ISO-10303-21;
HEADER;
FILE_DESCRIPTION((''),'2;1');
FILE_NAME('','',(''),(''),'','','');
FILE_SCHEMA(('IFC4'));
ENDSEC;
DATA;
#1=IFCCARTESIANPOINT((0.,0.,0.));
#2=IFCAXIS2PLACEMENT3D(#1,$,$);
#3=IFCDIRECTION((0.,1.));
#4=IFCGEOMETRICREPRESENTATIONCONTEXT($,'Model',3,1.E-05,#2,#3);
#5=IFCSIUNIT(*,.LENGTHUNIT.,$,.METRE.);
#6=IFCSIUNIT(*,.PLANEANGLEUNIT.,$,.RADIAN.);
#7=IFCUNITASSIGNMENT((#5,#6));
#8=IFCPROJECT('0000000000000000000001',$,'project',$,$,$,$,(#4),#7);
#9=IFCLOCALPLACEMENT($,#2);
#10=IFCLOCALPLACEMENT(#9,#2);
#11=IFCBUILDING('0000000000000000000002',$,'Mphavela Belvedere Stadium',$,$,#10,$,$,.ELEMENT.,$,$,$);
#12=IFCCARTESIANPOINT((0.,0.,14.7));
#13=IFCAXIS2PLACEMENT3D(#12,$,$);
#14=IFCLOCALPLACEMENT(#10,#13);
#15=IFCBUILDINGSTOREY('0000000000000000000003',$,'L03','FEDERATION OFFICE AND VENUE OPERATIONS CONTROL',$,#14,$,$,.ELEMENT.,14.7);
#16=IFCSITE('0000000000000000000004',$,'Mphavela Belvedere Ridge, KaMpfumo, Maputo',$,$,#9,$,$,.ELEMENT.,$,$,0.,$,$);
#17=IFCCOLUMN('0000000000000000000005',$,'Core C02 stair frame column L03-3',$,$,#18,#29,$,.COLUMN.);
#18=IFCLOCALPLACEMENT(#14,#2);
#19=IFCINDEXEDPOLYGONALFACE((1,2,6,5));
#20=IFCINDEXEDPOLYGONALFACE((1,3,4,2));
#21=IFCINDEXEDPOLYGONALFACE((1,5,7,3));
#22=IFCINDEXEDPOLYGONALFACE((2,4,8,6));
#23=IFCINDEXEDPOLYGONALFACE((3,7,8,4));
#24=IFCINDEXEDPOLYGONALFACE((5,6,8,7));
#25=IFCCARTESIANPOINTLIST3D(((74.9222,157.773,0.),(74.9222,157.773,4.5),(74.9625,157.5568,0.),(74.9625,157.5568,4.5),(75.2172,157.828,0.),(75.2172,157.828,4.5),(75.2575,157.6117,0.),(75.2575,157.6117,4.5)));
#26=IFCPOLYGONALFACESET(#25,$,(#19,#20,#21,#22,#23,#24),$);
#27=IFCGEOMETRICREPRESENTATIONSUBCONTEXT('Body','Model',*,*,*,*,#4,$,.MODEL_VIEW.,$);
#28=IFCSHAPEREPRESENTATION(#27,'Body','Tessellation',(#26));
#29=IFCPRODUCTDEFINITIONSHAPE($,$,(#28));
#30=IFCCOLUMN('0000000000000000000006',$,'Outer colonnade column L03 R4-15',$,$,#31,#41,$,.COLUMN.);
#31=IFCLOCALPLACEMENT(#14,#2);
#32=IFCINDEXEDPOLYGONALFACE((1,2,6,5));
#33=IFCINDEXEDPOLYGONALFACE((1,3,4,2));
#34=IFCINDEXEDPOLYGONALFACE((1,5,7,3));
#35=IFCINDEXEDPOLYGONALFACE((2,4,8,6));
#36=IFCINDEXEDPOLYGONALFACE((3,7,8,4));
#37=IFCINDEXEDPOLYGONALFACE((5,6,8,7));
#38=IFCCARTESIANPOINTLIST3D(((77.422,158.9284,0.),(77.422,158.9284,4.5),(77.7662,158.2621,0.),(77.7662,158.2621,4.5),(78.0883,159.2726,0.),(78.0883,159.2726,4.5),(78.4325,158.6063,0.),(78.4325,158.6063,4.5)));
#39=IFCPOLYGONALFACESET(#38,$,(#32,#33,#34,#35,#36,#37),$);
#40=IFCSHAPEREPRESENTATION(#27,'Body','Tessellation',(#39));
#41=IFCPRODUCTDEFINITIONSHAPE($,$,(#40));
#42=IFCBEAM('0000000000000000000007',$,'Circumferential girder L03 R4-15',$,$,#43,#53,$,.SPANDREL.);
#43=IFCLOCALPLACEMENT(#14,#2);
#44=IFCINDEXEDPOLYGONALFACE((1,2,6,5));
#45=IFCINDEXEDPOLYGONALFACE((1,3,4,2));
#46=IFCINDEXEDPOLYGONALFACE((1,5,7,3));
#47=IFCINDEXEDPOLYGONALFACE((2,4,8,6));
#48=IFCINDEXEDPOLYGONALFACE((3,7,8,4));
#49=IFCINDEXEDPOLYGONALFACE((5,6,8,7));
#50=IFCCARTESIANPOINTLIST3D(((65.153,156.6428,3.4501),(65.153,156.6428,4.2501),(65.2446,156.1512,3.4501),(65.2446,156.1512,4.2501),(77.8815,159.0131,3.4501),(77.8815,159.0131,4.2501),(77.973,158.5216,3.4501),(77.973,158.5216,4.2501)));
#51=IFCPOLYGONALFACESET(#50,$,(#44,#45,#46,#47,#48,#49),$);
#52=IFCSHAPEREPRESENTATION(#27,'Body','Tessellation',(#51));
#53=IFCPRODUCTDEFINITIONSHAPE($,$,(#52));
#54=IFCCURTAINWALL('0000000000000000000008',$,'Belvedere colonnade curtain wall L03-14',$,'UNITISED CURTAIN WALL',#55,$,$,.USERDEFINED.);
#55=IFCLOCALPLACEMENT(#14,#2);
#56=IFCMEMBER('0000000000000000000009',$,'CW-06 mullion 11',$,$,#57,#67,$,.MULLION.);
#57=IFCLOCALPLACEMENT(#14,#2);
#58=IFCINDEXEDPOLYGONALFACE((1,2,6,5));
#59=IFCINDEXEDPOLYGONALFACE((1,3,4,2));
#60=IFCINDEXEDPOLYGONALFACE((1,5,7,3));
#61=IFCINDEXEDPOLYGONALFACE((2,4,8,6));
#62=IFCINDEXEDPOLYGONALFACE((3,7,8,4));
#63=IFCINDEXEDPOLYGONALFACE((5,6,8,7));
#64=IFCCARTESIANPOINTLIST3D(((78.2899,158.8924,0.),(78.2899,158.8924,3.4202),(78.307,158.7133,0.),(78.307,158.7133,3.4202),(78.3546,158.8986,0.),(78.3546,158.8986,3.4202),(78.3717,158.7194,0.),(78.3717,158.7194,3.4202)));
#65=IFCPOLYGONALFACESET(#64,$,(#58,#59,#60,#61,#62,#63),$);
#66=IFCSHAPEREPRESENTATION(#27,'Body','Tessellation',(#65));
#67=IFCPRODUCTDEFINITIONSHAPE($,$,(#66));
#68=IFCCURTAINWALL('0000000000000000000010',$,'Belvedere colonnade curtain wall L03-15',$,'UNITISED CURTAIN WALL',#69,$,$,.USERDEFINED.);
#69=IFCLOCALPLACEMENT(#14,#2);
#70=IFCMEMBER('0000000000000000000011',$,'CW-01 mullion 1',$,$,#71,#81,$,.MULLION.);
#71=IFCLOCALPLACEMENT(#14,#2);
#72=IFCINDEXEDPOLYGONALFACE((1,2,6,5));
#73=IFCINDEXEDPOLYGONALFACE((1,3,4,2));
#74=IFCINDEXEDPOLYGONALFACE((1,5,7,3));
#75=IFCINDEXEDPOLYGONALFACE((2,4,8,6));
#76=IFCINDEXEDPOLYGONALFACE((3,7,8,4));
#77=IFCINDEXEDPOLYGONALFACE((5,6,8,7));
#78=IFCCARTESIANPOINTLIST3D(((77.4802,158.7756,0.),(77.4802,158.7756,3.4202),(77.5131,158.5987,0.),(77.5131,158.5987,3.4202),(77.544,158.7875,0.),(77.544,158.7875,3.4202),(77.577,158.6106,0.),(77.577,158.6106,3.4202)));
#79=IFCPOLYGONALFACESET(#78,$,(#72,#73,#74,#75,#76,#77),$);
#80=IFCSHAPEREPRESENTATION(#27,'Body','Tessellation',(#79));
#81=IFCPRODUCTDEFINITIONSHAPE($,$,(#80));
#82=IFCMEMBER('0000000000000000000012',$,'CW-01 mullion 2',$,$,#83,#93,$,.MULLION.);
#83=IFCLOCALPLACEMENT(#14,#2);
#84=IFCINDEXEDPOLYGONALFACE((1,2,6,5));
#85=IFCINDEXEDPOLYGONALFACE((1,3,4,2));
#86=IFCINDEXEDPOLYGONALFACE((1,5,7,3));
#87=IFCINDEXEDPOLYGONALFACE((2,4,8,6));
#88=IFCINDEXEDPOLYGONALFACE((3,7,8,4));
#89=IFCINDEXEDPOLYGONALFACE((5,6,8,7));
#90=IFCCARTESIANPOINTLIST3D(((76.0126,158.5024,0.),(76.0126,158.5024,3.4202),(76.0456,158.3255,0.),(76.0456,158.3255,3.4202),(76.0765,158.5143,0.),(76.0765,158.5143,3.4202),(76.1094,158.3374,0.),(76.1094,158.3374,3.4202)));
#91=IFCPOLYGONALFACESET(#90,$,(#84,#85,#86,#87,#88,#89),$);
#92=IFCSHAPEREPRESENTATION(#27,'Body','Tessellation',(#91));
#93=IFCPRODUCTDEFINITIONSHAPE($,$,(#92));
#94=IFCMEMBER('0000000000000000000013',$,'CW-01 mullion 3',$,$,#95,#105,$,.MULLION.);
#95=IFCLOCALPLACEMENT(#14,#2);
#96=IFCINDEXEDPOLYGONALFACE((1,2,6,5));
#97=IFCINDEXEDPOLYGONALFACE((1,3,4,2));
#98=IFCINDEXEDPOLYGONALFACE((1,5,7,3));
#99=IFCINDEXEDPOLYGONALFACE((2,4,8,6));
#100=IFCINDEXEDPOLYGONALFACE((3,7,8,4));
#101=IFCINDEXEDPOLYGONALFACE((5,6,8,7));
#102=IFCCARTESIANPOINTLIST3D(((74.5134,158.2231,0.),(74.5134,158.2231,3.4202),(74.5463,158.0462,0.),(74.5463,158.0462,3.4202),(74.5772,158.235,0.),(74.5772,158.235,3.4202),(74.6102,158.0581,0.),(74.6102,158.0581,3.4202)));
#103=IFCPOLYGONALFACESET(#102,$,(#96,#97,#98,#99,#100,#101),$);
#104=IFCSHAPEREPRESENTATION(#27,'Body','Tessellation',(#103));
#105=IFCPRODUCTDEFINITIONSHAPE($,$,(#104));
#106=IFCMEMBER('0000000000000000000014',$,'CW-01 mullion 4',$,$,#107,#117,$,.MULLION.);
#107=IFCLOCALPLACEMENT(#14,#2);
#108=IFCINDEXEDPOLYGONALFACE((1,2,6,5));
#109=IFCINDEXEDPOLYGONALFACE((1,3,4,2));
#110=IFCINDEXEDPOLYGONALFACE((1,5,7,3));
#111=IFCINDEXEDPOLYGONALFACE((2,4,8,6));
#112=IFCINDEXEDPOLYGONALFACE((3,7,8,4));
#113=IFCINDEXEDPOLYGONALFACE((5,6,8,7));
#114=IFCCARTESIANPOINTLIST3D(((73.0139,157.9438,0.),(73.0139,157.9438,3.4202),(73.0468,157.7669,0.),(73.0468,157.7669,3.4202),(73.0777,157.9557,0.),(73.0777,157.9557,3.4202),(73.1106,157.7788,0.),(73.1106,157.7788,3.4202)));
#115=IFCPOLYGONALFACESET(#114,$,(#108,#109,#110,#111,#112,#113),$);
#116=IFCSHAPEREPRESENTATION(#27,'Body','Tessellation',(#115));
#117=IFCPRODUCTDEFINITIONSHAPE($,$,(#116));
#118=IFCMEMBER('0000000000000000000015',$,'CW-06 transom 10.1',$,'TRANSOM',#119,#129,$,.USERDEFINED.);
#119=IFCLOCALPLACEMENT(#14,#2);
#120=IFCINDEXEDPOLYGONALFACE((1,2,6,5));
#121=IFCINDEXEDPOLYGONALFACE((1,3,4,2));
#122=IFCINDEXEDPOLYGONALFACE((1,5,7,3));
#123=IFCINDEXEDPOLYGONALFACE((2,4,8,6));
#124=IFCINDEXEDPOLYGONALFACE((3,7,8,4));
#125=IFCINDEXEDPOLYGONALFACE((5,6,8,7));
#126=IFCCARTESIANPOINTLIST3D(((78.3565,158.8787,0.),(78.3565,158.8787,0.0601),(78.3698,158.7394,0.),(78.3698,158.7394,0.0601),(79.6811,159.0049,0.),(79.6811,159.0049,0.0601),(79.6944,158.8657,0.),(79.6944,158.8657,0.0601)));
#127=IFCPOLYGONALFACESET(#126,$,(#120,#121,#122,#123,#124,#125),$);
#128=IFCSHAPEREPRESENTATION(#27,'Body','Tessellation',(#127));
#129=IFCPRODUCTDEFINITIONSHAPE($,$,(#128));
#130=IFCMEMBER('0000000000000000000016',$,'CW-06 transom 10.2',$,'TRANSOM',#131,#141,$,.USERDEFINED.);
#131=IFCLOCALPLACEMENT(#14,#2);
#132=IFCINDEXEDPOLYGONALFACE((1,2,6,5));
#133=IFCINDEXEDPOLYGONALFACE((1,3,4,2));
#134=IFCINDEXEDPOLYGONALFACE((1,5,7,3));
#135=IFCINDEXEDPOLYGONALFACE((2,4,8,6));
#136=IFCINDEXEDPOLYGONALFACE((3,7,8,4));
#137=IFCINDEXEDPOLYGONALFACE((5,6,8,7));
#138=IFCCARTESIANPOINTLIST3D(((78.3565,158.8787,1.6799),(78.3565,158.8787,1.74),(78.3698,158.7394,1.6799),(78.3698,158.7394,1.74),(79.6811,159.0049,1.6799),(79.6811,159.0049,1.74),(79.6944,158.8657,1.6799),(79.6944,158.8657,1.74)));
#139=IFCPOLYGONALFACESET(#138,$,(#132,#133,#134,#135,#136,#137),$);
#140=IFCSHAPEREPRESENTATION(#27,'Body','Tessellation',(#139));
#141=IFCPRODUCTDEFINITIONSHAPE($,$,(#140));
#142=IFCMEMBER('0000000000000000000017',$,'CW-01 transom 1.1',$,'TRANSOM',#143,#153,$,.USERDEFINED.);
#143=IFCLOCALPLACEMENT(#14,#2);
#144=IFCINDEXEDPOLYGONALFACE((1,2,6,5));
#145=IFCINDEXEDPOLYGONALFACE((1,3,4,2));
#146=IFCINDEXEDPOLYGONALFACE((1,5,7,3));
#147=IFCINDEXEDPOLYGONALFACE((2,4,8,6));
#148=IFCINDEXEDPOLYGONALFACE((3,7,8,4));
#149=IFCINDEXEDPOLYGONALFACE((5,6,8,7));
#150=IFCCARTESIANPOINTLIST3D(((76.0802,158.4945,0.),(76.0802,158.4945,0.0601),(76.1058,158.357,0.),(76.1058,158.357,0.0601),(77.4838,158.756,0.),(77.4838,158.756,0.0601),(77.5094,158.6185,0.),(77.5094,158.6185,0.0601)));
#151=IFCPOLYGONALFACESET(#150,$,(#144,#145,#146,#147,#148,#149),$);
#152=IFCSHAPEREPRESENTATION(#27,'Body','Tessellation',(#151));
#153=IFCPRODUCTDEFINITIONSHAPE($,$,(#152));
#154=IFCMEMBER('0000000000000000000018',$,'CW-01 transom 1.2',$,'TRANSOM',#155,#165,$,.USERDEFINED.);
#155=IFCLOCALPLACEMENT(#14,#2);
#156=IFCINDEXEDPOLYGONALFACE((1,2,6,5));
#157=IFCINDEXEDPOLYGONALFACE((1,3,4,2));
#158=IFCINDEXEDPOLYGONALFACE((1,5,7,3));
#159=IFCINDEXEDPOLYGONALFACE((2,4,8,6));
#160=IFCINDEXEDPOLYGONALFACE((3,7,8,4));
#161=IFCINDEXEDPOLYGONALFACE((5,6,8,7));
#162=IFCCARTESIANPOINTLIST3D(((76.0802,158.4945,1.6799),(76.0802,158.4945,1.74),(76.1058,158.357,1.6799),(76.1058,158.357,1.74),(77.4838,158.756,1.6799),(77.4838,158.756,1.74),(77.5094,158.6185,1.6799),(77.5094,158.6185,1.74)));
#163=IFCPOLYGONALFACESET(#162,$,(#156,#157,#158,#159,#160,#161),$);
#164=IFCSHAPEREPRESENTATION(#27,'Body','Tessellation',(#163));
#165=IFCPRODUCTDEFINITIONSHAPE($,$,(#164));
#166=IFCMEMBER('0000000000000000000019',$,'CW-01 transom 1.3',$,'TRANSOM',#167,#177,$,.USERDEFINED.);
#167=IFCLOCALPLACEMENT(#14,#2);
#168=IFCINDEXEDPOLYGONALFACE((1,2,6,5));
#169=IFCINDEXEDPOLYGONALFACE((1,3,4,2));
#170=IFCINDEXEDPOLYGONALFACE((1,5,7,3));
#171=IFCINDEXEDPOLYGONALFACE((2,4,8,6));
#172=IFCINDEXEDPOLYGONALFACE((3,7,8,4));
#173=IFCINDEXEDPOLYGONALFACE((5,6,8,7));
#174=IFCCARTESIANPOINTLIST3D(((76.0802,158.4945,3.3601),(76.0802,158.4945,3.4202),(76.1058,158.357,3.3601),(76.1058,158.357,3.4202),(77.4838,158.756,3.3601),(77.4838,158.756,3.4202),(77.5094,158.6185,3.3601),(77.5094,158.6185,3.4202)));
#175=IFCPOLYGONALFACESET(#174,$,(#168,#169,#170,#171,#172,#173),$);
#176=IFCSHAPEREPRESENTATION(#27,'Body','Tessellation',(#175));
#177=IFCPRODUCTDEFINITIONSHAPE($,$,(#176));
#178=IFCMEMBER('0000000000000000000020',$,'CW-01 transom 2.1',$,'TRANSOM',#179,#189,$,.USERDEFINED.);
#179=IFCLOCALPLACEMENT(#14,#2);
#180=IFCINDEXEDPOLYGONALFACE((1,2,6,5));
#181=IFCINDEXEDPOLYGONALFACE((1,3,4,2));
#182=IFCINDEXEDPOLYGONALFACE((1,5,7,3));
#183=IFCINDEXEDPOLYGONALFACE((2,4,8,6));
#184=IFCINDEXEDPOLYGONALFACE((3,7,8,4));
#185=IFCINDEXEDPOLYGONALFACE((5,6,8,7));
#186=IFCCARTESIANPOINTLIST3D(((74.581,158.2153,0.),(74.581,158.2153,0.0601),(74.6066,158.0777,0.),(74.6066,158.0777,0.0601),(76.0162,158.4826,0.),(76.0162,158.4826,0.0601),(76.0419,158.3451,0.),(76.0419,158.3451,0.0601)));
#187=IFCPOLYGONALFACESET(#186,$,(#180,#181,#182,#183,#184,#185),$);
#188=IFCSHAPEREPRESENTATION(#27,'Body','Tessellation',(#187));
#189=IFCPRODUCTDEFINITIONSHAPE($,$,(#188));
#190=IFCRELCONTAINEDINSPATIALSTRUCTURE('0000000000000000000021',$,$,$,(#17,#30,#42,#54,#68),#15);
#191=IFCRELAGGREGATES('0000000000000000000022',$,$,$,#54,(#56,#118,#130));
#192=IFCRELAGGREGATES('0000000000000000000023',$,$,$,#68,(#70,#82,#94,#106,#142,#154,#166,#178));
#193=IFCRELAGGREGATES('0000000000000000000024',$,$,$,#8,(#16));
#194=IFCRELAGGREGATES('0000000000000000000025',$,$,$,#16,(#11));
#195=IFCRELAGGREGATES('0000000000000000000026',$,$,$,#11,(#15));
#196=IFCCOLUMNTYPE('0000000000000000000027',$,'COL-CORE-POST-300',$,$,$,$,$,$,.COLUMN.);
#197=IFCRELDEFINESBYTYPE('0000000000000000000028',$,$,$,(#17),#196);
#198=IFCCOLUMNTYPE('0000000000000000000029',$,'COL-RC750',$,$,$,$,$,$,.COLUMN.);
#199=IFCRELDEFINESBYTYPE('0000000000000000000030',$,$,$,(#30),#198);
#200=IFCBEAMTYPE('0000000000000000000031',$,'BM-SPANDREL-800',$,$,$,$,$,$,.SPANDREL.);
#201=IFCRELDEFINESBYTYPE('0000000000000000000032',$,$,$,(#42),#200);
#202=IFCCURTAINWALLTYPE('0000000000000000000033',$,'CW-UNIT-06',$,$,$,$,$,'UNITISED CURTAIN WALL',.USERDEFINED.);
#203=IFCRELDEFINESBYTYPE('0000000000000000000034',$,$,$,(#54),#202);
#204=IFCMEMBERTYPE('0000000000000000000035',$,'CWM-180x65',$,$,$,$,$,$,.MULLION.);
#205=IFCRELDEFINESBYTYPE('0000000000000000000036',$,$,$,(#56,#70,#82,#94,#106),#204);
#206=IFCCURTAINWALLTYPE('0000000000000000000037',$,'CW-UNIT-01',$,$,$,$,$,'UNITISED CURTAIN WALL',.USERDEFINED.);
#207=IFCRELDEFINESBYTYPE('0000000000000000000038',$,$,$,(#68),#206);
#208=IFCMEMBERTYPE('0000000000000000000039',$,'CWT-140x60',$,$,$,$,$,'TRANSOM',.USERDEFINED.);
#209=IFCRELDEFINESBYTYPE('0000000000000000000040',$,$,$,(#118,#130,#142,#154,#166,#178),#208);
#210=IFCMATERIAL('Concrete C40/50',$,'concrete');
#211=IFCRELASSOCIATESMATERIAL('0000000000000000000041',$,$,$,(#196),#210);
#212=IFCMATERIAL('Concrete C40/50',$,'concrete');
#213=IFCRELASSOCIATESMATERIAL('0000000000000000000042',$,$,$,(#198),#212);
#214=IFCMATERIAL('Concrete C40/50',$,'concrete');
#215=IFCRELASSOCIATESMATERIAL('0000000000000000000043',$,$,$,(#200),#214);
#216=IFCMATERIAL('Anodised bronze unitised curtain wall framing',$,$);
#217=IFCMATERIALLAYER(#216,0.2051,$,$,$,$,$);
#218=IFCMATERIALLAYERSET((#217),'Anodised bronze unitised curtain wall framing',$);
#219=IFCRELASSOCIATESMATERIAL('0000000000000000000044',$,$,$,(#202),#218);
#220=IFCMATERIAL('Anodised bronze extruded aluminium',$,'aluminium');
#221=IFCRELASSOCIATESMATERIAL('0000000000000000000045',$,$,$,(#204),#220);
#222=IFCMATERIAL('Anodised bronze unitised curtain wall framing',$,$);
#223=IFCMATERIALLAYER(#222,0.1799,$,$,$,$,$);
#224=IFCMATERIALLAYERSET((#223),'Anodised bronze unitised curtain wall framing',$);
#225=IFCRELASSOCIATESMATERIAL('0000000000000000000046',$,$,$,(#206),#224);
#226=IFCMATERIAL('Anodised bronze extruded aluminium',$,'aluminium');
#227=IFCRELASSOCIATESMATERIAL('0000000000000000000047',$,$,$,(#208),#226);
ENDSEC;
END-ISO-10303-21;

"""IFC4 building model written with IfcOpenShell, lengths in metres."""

from ifc_helpers import new_model, si_unit, direction, frame, origin, origin_2d, place, context, subcontext, project, spatial, rectangle, extrude, material, layer, layer_set, material_profile, profile_set, type_object, element, aggregate, save


model = new_model("IFC4")

# Units and contexts
model_context = context("Model", 3, precision=1e-05, world=origin(), true_north=direction((0.0, 1.0)))
body_context = subcontext(model_context, "Body", "Model", "MODEL_VIEW")
ifc_project = project(units=[si_unit("LENGTHUNIT", "METRE"), si_unit("PLANEANGLEUNIT", "RADIAN")], contexts=[model_context])

# Site, building, storey
site_placement = place(None, origin())
site = spatial("IfcSite", under=ifc_project, at=site_placement, Name="Mphavela Belvedere Ridge, KaMpfumo, Maputo", CompositionType="ELEMENT", RefElevation=0.0)
building_placement = place(site_placement, origin())
building = spatial("IfcBuilding", under=site, at=building_placement, Name="Mphavela Belvedere Stadium", CompositionType="ELEMENT")
storey_placement = place(building_placement, frame((0.0, 0.0, 14.7)))
storey = spatial("IfcBuildingStorey", under=building, at=storey_placement, Name="L03", Description="FEDERATION OFFICE AND VENUE OPERATIONS CONTROL", CompositionType="ELEMENT", Elevation=14.7)

# Columns
ifc_material_1 = material(Name="Concrete C40/50", Category="concrete")
ifc_material_profile_1 = material_profile(ifc_material_1, rectangle(XDim=0.3, YDim=0.22, at=origin_2d()), Name="RC 300x220")
ifc_profile_set_1 = profile_set([ifc_material_profile_1], Name="Concrete C40/50")
column_type_1 = type_object("IfcColumnType", Name="COL-CORE-POST-300", PredefinedType="COLUMN", material=ifc_profile_set_1)
column_1_placement = place(storey_placement, frame((75.0898, 157.6924, 0.0), z_axis=(0.0, 0.0, 1.0), x_axis=(0.983096, 0.183094, 0.0)))
element("IfcColumn", 1, at=column_1_placement, inside=storey, type_object=column_type_1, Name="Core C02 stair frame column L03-3", PredefinedType="COLUMN", context=body_context, shape_type="SweptSolid", body=[
    extrude(rectangle(XDim=0.3, YDim=0.22, at=origin_2d()), origin(), (0.0, 0.0, 1.0), 4.5),
])
ifc_material_2 = material(Name="Concrete C40/50", Category="concrete")
ifc_material_profile_2 = material_profile(ifc_material_2, rectangle(XDim=0.75, YDim=0.75, at=origin_2d()), Name="RC 750x750")
ifc_profile_set_2 = profile_set([ifc_material_profile_2], Name="Concrete C40/50")
column_type_2 = type_object("IfcColumnType", Name="COL-RC750", PredefinedType="COLUMN", material=ifc_profile_set_2)
column_2_placement = place(storey_placement, frame((77.9272, 158.7673, 0.0), z_axis=(0.0, 0.0, 1.0), x_axis=(-0.45896, 0.888457, 0.0)))
element("IfcColumn", 2, at=column_2_placement, inside=storey, type_object=column_type_2, Name="Outer colonnade column L03 R4-15", PredefinedType="COLUMN", context=body_context, shape_type="SweptSolid", body=[
    extrude(rectangle(XDim=0.75, YDim=0.75, at=origin_2d()), origin(), (0.0, 0.0, 1.0), 4.5),
])

# Beam
ifc_material_3 = material(Name="Concrete C40/50", Category="concrete")
ifc_material_profile_3 = material_profile(ifc_material_3, rectangle(XDim=0.5, YDim=0.8, at=origin_2d()), Name="RC 500x800")
ifc_profile_set_3 = profile_set([ifc_material_profile_3], Name="Concrete C40/50")
beam_type = type_object("IfcBeamType", Name="BM-SPANDREL-800", PredefinedType="SPANDREL", material=ifc_profile_set_3)
beam_placement = place(storey_placement, frame((77.9272, 158.7673, 3.8501), z_axis=(-0.983099, -0.183077, 0.0), x_axis=(0.183077, -0.983099, 0.0)))
element("IfcBeam", 3, at=beam_placement, inside=storey, type_object=beam_type, Name="Circumferential girder L03 R4-15", PredefinedType="SPANDREL", context=body_context, shape_type="SweptSolid", body=[
    extrude(rectangle(XDim=0.5, YDim=0.8, at=origin_2d()), origin(), (0.0, 0.0, 1.0), 12.9473),
])

# Curtain wall, member
ifc_material_4 = material(Name="Anodised bronze unitised curtain wall framing")
ifc_layer_1 = layer(ifc_material_4, 0.2051)
ifc_layer_set_1 = layer_set([ifc_layer_1], Name="Anodised bronze unitised curtain wall framing")
curtain_wall_type_1 = type_object("IfcCurtainWallType", Name="CW-UNIT-06", ElementType="UNITISED CURTAIN WALL", PredefinedType="USERDEFINED", material=ifc_layer_set_1)
curtain_wall_1_placement = place(storey_placement, origin())
curtain_wall_1 = element("IfcCurtainWall", 4, at=curtain_wall_1_placement, inside=storey, type_object=curtain_wall_type_1, Name="Belvedere colonnade curtain wall L03-14", ObjectType="UNITISED CURTAIN WALL", PredefinedType="USERDEFINED")
ifc_material_5 = material(Name="Anodised bronze extruded aluminium", Category="aluminium")
ifc_material_profile_4 = material_profile(ifc_material_5, rectangle(XDim=0.1799, YDim=0.0649, at=origin_2d()), Name="CW-MUL 180x65")
ifc_profile_set_4 = profile_set([ifc_material_profile_4], Name="Anodised bronze extruded aluminium")
member_type_1 = type_object("IfcMemberType", Name="CWM-180x65", PredefinedType="MULLION", material=ifc_profile_set_4)
member_1_placement = place(storey_placement, frame((78.3308, 158.8059, 0.0), z_axis=(0.0, 0.0, 1.0), x_axis=(0.094929, -0.995484, 0.0)))
member_1 = element("IfcMember", 5, at=member_1_placement, type_object=member_type_1, Name="CW-06 mullion 11", PredefinedType="MULLION", context=body_context, shape_type="SweptSolid", body=[
    extrude(rectangle(XDim=0.1799, YDim=0.0649, at=origin_2d()), origin(), (0.0, 0.0, 1.0), 3.4202),
])

# Curtain wall, members
ifc_material_6 = material(Name="Anodised bronze unitised curtain wall framing")
ifc_layer_2 = layer(ifc_material_6, 0.1799)
ifc_layer_set_2 = layer_set([ifc_layer_2], Name="Anodised bronze unitised curtain wall framing")
curtain_wall_type_2 = type_object("IfcCurtainWallType", Name="CW-UNIT-01", ElementType="UNITISED CURTAIN WALL", PredefinedType="USERDEFINED", material=ifc_layer_set_2)
curtain_wall_2_placement = place(storey_placement, origin())
curtain_wall_2 = element("IfcCurtainWall", 6, at=curtain_wall_2_placement, inside=storey, type_object=curtain_wall_type_2, Name="Belvedere colonnade curtain wall L03-15", ObjectType="UNITISED CURTAIN WALL", PredefinedType="USERDEFINED")
member_2_placement = place(storey_placement, frame((77.5286, 158.6931, 0.0), z_axis=(0.0, 0.0, 1.0), x_axis=(0.183088, -0.983097, 0.0)))
member_2 = element("IfcMember", 7, at=member_2_placement, type_object=member_type_1, Name="CW-01 mullion 1", PredefinedType="MULLION", context=body_context, shape_type="SweptSolid", body=[
    extrude(rectangle(XDim=0.1799, YDim=0.0649, at=origin_2d()), origin(), (0.0, 0.0, 1.0), 3.4202),
])
member_3_placement = place(storey_placement, frame((76.061, 158.4199, 0.0), z_axis=(0.0, 0.0, 1.0), x_axis=(0.183088, -0.983097, 0.0)))
member_3 = element("IfcMember", 8, at=member_3_placement, type_object=member_type_1, Name="CW-01 mullion 2", PredefinedType="MULLION", context=body_context, shape_type="SweptSolid", body=[
    extrude(rectangle(XDim=0.1799, YDim=0.0649, at=origin_2d()), origin(), (0.0, 0.0, 1.0), 3.4202),
])
member_4_placement = place(storey_placement, frame((74.5618, 158.1406, 0.0), z_axis=(0.0, 0.0, 1.0), x_axis=(0.183088, -0.983097, 0.0)))
member_4 = element("IfcMember", 9, at=member_4_placement, type_object=member_type_1, Name="CW-01 mullion 3", PredefinedType="MULLION", context=body_context, shape_type="SweptSolid", body=[
    extrude(rectangle(XDim=0.1799, YDim=0.0649, at=origin_2d()), origin(), (0.0, 0.0, 1.0), 3.4202),
])
member_5_placement = place(storey_placement, frame((73.0623, 157.8613, 0.0), z_axis=(0.0, 0.0, 1.0), x_axis=(0.183088, -0.983097, 0.0)))
member_5 = element("IfcMember", 10, at=member_5_placement, type_object=member_type_1, Name="CW-01 mullion 4", PredefinedType="MULLION", context=body_context, shape_type="SweptSolid", body=[
    extrude(rectangle(XDim=0.1799, YDim=0.0649, at=origin_2d()), origin(), (0.0, 0.0, 1.0), 3.4202),
])

# Members
ifc_material_7 = material(Name="Anodised bronze extruded aluminium", Category="aluminium")
ifc_material_profile_5 = material_profile(ifc_material_7, rectangle(XDim=0.1399, YDim=0.0601, at=origin_2d()), Name="CW-TRN 140x60")
ifc_profile_set_5 = profile_set([ifc_material_profile_5], Name="Anodised bronze extruded aluminium")
member_type_2 = type_object("IfcMemberType", Name="CWT-140x60", ElementType="TRANSOM", PredefinedType="USERDEFINED", material=ifc_profile_set_5)
member_6_placement = place(storey_placement, frame((79.6877, 158.9353, 0.03), z_axis=(-0.99549, -0.09487, 0.0), x_axis=(0.09487, -0.99549, 0.0)))
member_6 = element("IfcMember", 11, at=member_6_placement, type_object=member_type_2, Name="CW-06 transom 10.1", ObjectType="TRANSOM", PredefinedType="USERDEFINED", context=body_context, shape_type="SweptSolid", body=[
    extrude(rectangle(XDim=0.1399, YDim=0.0601, at=origin_2d()), origin(), (0.0, 0.0, 1.0), 1.3306),
])
member_7_placement = place(storey_placement, frame((79.6877, 158.9353, 1.71), z_axis=(-0.99549, -0.09487, 0.0), x_axis=(0.09487, -0.99549, 0.0)))
member_7 = element("IfcMember", 12, at=member_7_placement, type_object=member_type_2, Name="CW-06 transom 10.2", ObjectType="TRANSOM", PredefinedType="USERDEFINED", context=body_context, shape_type="SweptSolid", body=[
    extrude(rectangle(XDim=0.1399, YDim=0.0601, at=origin_2d()), origin(), (0.0, 0.0, 1.0), 1.3306),
])
member_8_placement = place(storey_placement, frame((77.4966, 158.6873, 0.03), z_axis=(-0.983086, -0.183142, 0.0), x_axis=(0.183142, -0.983086, 0.0)))
member_8 = element("IfcMember", 13, at=member_8_placement, type_object=member_type_2, Name="CW-01 transom 1.1", ObjectType="TRANSOM", PredefinedType="USERDEFINED", context=body_context, shape_type="SweptSolid", body=[
    extrude(rectangle(XDim=0.1399, YDim=0.0601, at=origin_2d()), origin(), (0.0, 0.0, 1.0), 1.4277),
])
member_9_placement = place(storey_placement, frame((77.4966, 158.6873, 1.71), z_axis=(-0.983086, -0.183142, 0.0), x_axis=(0.183142, -0.983086, 0.0)))
member_9 = element("IfcMember", 14, at=member_9_placement, type_object=member_type_2, Name="CW-01 transom 1.2", ObjectType="TRANSOM", PredefinedType="USERDEFINED", context=body_context, shape_type="SweptSolid", body=[
    extrude(rectangle(XDim=0.1399, YDim=0.0601, at=origin_2d()), origin(), (0.0, 0.0, 1.0), 1.4277),
])
member_10_placement = place(storey_placement, frame((77.4966, 158.6873, 3.3901), z_axis=(-0.983086, -0.183142, 0.0), x_axis=(0.183142, -0.983086, 0.0)))
member_10 = element("IfcMember", 15, at=member_10_placement, type_object=member_type_2, Name="CW-01 transom 1.3", ObjectType="TRANSOM", PredefinedType="USERDEFINED", context=body_context, shape_type="SweptSolid", body=[
    extrude(rectangle(XDim=0.1399, YDim=0.0601, at=origin_2d()), origin(), (0.0, 0.0, 1.0), 1.4277),
])
member_11_placement = place(storey_placement, frame((76.0291, 158.4138, 0.03), z_axis=(-0.983093, -0.183107, 0.0), x_axis=(0.183107, -0.983093, 0.0)))
member_11 = element("IfcMember", 16, at=member_11_placement, type_object=member_type_2, Name="CW-01 transom 2.1", ObjectType="TRANSOM", PredefinedType="USERDEFINED", context=body_context, shape_type="SweptSolid", body=[
    extrude(rectangle(XDim=0.1399, YDim=0.0601, at=origin_2d()), origin(), (0.0, 0.0, 1.0), 1.46),
])

aggregate(curtain_wall_1, [member_1, member_6, member_7])
aggregate(curtain_wall_2, [member_2, member_3, member_4, member_5, member_8, member_9, member_10, member_11])

save(model, "model.ifc")
